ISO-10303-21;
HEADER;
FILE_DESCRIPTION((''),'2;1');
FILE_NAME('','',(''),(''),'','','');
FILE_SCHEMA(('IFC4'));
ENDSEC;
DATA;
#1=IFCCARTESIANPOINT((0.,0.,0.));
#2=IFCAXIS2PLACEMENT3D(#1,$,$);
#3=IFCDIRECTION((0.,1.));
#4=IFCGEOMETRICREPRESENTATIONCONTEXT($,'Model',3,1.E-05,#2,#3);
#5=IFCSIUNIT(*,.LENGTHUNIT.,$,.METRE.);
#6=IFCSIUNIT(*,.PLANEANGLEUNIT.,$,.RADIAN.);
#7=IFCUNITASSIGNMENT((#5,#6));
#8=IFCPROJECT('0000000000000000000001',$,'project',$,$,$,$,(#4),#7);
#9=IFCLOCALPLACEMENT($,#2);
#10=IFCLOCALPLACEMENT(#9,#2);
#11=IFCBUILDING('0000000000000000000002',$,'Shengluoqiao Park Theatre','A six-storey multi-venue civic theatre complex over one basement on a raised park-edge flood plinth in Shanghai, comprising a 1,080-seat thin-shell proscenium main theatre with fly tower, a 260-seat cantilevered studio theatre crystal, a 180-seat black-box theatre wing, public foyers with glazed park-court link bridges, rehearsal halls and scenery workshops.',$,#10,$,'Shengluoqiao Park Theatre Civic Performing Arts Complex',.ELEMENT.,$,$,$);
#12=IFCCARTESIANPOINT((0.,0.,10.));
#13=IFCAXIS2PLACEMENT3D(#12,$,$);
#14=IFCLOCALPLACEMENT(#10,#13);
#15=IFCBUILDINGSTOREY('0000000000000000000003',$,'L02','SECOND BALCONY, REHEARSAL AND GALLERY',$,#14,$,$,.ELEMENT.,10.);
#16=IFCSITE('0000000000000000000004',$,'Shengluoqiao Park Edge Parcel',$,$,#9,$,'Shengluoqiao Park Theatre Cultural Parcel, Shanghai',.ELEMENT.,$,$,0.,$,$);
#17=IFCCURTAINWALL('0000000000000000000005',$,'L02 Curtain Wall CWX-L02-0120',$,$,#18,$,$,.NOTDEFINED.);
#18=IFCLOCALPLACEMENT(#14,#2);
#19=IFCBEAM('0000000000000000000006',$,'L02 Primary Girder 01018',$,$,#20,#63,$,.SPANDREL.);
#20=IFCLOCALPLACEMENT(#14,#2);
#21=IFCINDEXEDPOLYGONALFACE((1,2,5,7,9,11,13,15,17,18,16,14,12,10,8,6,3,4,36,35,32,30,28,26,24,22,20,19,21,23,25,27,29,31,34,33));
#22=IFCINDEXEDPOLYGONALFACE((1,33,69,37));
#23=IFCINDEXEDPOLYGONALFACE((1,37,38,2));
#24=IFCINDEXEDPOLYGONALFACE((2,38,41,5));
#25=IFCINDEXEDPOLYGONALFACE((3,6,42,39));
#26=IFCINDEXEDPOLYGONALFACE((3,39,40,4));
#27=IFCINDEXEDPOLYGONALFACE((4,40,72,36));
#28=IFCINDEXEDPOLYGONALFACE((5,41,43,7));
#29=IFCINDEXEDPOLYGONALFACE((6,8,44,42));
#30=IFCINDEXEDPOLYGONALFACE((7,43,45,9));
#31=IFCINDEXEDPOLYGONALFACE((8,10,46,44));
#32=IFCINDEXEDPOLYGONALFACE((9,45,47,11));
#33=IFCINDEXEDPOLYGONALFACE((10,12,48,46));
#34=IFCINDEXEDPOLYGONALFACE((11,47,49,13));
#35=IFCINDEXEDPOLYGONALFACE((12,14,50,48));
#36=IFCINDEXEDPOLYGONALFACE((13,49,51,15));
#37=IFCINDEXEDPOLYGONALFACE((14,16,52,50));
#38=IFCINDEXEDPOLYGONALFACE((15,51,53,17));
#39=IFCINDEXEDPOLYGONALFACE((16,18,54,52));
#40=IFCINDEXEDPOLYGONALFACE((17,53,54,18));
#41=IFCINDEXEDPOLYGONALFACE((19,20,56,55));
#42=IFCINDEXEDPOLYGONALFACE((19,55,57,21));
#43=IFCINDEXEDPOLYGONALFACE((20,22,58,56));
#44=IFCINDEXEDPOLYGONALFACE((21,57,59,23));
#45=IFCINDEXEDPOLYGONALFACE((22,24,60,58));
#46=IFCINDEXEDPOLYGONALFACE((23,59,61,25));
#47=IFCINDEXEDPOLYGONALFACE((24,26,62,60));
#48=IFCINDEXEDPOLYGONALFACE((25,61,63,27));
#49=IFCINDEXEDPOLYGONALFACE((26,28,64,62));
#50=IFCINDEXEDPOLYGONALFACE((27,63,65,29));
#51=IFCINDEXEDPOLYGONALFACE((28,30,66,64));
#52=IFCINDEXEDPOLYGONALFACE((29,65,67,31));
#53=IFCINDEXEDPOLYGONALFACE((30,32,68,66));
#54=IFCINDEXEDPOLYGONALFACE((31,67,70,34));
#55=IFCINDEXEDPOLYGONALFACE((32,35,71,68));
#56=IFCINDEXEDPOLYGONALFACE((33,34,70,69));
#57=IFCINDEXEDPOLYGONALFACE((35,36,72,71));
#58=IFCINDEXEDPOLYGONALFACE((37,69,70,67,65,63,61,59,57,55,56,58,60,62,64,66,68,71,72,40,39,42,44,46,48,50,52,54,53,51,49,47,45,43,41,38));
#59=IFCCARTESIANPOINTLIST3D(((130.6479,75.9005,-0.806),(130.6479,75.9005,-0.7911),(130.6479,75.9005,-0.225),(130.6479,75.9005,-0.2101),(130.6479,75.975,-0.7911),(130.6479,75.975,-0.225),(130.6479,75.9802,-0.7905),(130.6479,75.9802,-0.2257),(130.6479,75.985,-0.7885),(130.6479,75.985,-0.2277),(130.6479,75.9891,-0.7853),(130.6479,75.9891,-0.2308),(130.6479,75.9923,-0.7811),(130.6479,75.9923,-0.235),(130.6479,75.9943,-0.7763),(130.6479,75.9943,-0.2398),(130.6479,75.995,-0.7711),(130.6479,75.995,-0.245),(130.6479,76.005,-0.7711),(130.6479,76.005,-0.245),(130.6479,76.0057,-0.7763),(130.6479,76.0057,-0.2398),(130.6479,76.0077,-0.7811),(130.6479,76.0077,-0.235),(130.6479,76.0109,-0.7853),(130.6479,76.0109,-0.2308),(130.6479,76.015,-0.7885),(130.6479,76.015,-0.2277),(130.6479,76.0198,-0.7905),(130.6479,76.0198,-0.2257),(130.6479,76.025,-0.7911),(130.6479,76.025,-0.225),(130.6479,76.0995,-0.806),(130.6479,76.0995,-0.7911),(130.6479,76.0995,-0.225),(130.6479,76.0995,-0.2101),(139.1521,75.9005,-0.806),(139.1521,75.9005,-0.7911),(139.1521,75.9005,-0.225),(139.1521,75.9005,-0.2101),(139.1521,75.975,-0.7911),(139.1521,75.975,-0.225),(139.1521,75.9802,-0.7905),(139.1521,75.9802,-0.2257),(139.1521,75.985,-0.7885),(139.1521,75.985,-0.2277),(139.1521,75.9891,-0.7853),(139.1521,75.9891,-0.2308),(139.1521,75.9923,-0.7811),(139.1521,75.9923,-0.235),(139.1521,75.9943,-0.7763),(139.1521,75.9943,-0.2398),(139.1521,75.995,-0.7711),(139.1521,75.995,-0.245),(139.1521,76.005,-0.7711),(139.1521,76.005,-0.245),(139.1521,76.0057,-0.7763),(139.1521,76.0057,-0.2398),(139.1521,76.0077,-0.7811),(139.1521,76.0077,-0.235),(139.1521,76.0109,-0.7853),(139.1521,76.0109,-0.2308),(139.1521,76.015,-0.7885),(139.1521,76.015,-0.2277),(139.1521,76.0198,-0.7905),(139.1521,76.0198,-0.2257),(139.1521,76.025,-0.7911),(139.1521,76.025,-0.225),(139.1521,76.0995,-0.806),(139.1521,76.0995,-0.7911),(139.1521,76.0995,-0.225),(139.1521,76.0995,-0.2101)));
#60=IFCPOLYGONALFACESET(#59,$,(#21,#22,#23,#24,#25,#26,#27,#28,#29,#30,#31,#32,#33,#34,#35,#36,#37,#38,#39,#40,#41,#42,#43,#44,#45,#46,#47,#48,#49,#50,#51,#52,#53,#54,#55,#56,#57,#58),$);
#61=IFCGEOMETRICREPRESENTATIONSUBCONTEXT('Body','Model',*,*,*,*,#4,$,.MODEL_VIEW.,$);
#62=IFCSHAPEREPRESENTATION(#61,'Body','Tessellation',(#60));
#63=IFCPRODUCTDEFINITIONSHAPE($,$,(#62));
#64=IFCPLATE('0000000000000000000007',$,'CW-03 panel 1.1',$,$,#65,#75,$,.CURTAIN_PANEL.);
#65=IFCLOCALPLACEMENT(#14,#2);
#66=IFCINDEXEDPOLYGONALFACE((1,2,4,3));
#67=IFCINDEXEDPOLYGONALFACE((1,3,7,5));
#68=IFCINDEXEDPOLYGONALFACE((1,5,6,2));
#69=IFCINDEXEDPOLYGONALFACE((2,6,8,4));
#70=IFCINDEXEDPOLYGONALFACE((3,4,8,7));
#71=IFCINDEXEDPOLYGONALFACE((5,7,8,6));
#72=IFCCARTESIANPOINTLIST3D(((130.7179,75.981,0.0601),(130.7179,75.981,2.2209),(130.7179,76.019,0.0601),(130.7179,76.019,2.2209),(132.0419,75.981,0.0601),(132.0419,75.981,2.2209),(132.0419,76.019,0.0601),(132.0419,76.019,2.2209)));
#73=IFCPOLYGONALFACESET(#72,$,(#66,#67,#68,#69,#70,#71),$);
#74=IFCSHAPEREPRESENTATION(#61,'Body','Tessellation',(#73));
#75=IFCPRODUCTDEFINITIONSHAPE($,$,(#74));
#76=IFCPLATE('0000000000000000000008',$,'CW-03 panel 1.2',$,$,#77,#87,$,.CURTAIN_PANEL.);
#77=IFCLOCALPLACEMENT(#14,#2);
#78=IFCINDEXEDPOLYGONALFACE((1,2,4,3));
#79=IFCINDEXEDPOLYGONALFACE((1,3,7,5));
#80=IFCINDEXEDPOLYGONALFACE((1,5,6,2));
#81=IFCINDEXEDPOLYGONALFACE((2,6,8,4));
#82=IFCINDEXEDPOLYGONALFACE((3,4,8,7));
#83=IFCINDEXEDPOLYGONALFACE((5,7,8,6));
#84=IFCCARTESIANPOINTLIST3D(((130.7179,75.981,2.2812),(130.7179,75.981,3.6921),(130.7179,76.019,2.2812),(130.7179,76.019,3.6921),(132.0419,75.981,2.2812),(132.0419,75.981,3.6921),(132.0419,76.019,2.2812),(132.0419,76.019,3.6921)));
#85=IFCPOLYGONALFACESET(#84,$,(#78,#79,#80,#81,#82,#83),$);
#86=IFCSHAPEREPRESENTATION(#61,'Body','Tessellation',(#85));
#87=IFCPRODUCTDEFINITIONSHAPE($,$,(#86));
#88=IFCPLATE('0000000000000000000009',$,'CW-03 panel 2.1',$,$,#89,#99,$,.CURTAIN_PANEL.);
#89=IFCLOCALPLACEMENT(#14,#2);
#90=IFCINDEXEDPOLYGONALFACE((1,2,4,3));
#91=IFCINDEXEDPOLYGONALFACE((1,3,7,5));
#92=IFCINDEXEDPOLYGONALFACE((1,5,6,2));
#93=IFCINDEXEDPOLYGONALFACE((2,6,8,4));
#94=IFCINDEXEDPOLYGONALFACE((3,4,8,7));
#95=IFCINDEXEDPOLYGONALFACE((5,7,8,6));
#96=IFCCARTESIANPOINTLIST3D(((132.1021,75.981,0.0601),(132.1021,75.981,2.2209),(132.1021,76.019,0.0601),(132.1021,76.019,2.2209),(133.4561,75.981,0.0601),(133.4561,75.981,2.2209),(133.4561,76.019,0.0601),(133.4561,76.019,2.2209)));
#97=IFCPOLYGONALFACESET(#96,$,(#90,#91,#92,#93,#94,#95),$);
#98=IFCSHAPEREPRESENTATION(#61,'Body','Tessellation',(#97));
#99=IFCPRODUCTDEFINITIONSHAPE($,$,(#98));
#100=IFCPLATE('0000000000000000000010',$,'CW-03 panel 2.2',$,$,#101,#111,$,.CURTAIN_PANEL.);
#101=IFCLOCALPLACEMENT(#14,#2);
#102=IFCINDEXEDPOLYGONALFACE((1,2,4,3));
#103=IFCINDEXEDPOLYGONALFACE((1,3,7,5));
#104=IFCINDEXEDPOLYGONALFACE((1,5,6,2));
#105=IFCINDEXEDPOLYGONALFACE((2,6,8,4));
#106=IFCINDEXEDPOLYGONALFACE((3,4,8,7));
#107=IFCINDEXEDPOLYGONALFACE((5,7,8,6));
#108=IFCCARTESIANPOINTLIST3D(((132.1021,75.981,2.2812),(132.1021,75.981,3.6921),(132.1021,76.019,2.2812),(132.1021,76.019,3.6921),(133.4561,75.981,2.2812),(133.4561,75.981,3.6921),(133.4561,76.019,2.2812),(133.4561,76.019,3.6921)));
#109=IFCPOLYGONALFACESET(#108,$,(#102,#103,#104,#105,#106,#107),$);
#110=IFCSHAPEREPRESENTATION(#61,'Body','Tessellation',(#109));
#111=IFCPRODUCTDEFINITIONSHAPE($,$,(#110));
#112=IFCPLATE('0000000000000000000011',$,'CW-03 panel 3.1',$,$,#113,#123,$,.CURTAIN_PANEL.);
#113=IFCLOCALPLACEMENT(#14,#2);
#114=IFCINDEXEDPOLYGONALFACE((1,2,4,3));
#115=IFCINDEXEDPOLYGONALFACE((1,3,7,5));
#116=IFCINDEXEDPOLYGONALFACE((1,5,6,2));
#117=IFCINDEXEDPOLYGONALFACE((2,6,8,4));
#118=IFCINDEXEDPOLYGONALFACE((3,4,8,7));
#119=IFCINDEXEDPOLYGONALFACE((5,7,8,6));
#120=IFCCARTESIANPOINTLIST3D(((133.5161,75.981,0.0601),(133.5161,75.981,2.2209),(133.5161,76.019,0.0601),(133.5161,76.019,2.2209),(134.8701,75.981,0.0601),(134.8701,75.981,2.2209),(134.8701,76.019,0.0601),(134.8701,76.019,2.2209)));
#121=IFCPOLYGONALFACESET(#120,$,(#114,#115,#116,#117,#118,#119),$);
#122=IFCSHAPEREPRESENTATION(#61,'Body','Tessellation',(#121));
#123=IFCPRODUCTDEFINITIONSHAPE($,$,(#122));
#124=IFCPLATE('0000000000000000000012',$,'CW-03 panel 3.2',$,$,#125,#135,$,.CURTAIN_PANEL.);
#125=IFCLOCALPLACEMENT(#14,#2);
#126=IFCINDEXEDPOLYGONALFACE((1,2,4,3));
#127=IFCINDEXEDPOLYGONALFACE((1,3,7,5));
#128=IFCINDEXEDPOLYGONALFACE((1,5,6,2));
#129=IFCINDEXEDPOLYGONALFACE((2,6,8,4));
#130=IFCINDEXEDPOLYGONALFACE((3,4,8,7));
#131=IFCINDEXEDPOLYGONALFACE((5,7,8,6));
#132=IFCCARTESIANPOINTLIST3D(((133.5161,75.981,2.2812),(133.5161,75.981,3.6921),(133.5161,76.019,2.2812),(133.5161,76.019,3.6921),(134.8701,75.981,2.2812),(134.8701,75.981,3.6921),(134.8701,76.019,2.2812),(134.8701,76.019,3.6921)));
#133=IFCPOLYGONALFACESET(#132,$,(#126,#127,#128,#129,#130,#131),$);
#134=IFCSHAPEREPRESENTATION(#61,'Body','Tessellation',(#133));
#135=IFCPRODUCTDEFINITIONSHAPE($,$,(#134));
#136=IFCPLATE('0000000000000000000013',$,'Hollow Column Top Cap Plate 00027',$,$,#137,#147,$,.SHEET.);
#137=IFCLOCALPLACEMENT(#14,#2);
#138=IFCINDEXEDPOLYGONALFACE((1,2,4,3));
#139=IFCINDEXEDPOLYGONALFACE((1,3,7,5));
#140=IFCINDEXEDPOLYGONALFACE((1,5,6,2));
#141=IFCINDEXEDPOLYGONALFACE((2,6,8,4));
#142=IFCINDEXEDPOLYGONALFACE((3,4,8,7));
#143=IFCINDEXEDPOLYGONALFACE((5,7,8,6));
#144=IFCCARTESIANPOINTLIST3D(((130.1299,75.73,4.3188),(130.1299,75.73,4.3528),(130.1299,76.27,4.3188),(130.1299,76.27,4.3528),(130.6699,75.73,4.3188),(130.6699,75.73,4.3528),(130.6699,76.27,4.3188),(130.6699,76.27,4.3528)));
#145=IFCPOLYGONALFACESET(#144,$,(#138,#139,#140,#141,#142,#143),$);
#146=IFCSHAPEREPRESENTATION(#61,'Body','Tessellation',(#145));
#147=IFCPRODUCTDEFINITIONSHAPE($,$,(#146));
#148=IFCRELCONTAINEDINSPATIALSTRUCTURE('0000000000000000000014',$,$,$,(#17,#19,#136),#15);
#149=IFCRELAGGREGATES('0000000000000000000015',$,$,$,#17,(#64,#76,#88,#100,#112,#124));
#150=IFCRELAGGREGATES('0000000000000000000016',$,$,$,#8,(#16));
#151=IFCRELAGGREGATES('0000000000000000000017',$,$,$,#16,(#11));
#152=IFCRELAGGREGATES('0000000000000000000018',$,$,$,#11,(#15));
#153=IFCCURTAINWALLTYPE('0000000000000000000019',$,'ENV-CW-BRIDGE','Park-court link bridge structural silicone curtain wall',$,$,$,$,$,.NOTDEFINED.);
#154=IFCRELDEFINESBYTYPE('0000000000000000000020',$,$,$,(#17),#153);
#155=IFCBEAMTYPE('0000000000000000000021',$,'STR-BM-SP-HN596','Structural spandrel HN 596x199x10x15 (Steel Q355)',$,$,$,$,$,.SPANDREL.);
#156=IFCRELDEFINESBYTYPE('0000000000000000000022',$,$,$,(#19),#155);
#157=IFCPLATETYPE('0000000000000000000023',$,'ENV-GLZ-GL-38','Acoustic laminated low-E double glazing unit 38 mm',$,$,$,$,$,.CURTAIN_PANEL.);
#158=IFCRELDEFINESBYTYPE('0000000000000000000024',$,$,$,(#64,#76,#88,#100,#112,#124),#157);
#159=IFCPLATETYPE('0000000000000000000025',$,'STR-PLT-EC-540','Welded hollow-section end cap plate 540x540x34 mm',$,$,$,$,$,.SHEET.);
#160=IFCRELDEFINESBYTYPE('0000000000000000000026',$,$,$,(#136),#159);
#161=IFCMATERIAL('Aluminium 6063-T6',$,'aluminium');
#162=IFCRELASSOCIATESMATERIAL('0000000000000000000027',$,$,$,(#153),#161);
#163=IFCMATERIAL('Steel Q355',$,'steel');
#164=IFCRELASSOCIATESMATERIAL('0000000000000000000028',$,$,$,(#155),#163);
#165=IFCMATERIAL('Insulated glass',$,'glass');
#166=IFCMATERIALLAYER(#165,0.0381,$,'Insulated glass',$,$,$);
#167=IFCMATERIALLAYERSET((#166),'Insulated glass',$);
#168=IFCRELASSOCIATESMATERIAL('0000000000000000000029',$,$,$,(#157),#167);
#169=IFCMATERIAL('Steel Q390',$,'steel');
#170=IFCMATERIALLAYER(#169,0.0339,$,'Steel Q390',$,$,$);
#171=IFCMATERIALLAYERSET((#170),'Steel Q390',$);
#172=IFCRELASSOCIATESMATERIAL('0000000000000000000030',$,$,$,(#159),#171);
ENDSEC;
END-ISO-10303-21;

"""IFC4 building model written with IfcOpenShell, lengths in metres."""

from ifc_helpers import new_model, si_unit, direction, frame, origin, origin_2d, place, context, subcontext, project, spatial, rectangle, i_section, extrude, material, layer, layer_set, material_profile, profile_set, type_object, element, aggregate, save


model = new_model("IFC4")

# Units and contexts
model_context = context("Model", 3, precision=1e-05, world=origin(), true_north=direction((0.0, 1.0)))
body_context = subcontext(model_context, "Body", "Model", "MODEL_VIEW")
ifc_project = project(units=[si_unit("LENGTHUNIT", "METRE"), si_unit("PLANEANGLEUNIT", "RADIAN")], contexts=[model_context])

# Site, building, storey
site_placement = place(None, origin())
site = spatial("IfcSite", under=ifc_project, at=site_placement, Name="Shengluoqiao Park Edge Parcel", LongName="Shengluoqiao Park Theatre Cultural Parcel, Shanghai", CompositionType="ELEMENT", RefElevation=0.0)
building_placement = place(site_placement, origin())
building = spatial("IfcBuilding", under=site, at=building_placement, Name="Shengluoqiao Park Theatre", Description="A six-storey multi-venue civic theatre complex over one basement on a raised park-edge flood plinth in Shanghai, comprising a 1,080-seat thin-shell proscenium main theatre with fly tower, a 260-seat cantilevered studio theatre crystal, a 180-seat black-box theatre wing, public foyers with glazed park-court link bridges, rehearsal halls and scenery workshops.", LongName="Shengluoqiao Park Theatre Civic Performing Arts Complex", CompositionType="ELEMENT")
storey_placement = place(building_placement, frame((0.0, 0.0, 10.0)))
storey = spatial("IfcBuildingStorey", under=building, at=storey_placement, Name="L02", Description="SECOND BALCONY, REHEARSAL AND GALLERY", CompositionType="ELEMENT", Elevation=10.0)

# Shared definitions
ifc_material_1 = material(Name="Steel Q390", Category="steel")

# Shared definitions
ifc_material_2 = material(Name="Aluminium 6063-T6", Category="aluminium")
curtain_wall_type = type_object("IfcCurtainWallType", Name="ENV-CW-BRIDGE", Description="Park-court link bridge structural silicone curtain wall", PredefinedType="NOTDEFINED", material=ifc_material_2)

# Curtain wall
curtain_wall_1_placement = place(storey_placement, origin())
curtain_wall_1 = element("IfcCurtainWall", 1, at=curtain_wall_1_placement, inside=storey, type_object=curtain_wall_type, Name="L02 Curtain Wall CWX-L02-0120", PredefinedType="NOTDEFINED")

# Beam
ifc_material_3 = material(Name="Steel Q355", Category="steel")
ifc_material_profile_1 = material_profile(ifc_material_3, i_section(OverallWidth=0.199, OverallDepth=0.5959, WebThickness=0.01, FlangeThickness=0.0149, FilletRadius=0.02, at=origin_2d()), Name="HN 596x199x10x15")
ifc_profile_set_1 = profile_set([ifc_material_profile_1], Name="Steel Q355")
beam_type_1 = type_object("IfcBeamType", Name="STR-BM-SP-HN596", Description="Structural spandrel HN 596x199x10x15 (Steel Q355)", PredefinedType="SPANDREL", material=ifc_profile_set_1)
beam_1_placement = place(storey_placement, frame((130.6479, 76.0, -0.5081), z_axis=(1.0, 0.0, 0.0), x_axis=(0.0, 1.0, 0.0)))
element("IfcBeam", 2, at=beam_1_placement, inside=storey, type_object=beam_type_1, Name="L02 Primary Girder 01018", PredefinedType="SPANDREL", context=body_context, shape_type="SweptSolid", body=[
    extrude(i_section(OverallWidth=0.199, OverallDepth=0.5959, WebThickness=0.01, FlangeThickness=0.0149, FilletRadius=0.02, at=origin_2d()), origin(), (0.0, 0.0, 1.0), 8.5042),
])

# Plates
ifc_material_4 = material(Name="Insulated glass", Category="glass")
ifc_layer_1 = layer(ifc_material_4, 0.0381, Name="Insulated glass")
ifc_layer_set_1 = layer_set([ifc_layer_1], Name="Insulated glass")
plate_type_1 = type_object("IfcPlateType", Name="ENV-GLZ-GL-38", Description="Acoustic laminated low-E double glazing unit 38 mm", PredefinedType="CURTAIN_PANEL", material=ifc_layer_set_1)
plate_1_placement = place(storey_placement, frame((131.3799, 76.0, 0.0601), z_axis=(0.0, 0.0, 1.0), x_axis=(1.0, 0.0, 0.0)))
plate_1 = element("IfcPlate", 3, at=plate_1_placement, type_object=plate_type_1, Name="CW-03 panel 1.1", PredefinedType="CURTAIN_PANEL", context=body_context, shape_type="SweptSolid", body=[
    extrude(rectangle(XDim=1.324, YDim=0.0381, at=origin_2d()), origin(), (0.0, 0.0, 1.0), 2.1609),
])
plate_2_placement = place(storey_placement, frame((131.3799, 76.0, 2.2812), z_axis=(0.0, 0.0, 1.0), x_axis=(1.0, 0.0, 0.0)))
plate_2 = element("IfcPlate", 4, at=plate_2_placement, type_object=plate_type_1, Name="CW-03 panel 1.2", PredefinedType="CURTAIN_PANEL", context=body_context, shape_type="SweptSolid", body=[
    extrude(rectangle(XDim=1.324, YDim=0.0381, at=origin_2d()), origin(), (0.0, 0.0, 1.0), 1.4109),
])
plate_3_placement = place(storey_placement, frame((132.7791, 76.0, 0.0601), z_axis=(0.0, 0.0, 1.0), x_axis=(1.0, 0.0, 0.0)))
plate_3 = element("IfcPlate", 5, at=plate_3_placement, type_object=plate_type_1, Name="CW-03 panel 2.1", PredefinedType="CURTAIN_PANEL", context=body_context, shape_type="SweptSolid", body=[
    extrude(rectangle(XDim=1.354, YDim=0.0381, at=origin_2d()), origin(), (0.0, 0.0, 1.0), 2.1609),
])
plate_4_placement = place(storey_placement, frame((132.7791, 76.0, 2.2812), z_axis=(0.0, 0.0, 1.0), x_axis=(1.0, 0.0, 0.0)))
plate_4 = element("IfcPlate", 6, at=plate_4_placement, type_object=plate_type_1, Name="CW-03 panel 2.2", PredefinedType="CURTAIN_PANEL", context=body_context, shape_type="SweptSolid", body=[
    extrude(rectangle(XDim=1.354, YDim=0.0381, at=origin_2d()), origin(), (0.0, 0.0, 1.0), 1.4109),
])
plate_5_placement = place(storey_placement, frame((134.1931, 76.0, 0.0601), z_axis=(0.0, 0.0, 1.0), x_axis=(1.0, 0.0, 0.0)))
plate_5 = element("IfcPlate", 7, at=plate_5_placement, type_object=plate_type_1, Name="CW-03 panel 3.1", PredefinedType="CURTAIN_PANEL", context=body_context, shape_type="SweptSolid", body=[
    extrude(rectangle(XDim=1.354, YDim=0.0381, at=origin_2d()), origin(), (0.0, 0.0, 1.0), 2.1609),
])
plate_6_placement = place(storey_placement, frame((134.1931, 76.0, 2.2812), z_axis=(0.0, 0.0, 1.0), x_axis=(1.0, 0.0, 0.0)))
plate_6 = element("IfcPlate", 8, at=plate_6_placement, type_object=plate_type_1, Name="CW-03 panel 3.2", PredefinedType="CURTAIN_PANEL", context=body_context, shape_type="SweptSolid", body=[
    extrude(rectangle(XDim=1.354, YDim=0.0381, at=origin_2d()), origin(), (0.0, 0.0, 1.0), 1.4109),
])
aggregate(curtain_wall_1, [plate_1, plate_2, plate_3, plate_4, plate_5, plate_6])
ifc_layer_2 = layer(ifc_material_1, 0.0339, Name="Steel Q390")
ifc_layer_set_2 = layer_set([ifc_layer_2], Name="Steel Q390")
plate_type_2 = type_object("IfcPlateType", Name="STR-PLT-EC-540", Description="Welded hollow-section end cap plate 540x540x34 mm", PredefinedType="SHEET", material=ifc_layer_set_2)
plate_7_placement = place(storey_placement, frame((130.3999, 76.0, 4.3188), z_axis=(0.0, 0.0, 1.0), x_axis=(1.0, 0.0, 0.0)))
element("IfcPlate", 9, at=plate_7_placement, inside=storey, type_object=plate_type_2, Name="Hollow Column Top Cap Plate 00027", PredefinedType="SHEET", context=body_context, shape_type="SweptSolid", body=[
    extrude(rectangle(XDim=0.54, YDim=0.54, at=origin_2d()), origin(), (0.0, 0.0, 1.0), 0.0339),
])

save(model, "model.ifc")
